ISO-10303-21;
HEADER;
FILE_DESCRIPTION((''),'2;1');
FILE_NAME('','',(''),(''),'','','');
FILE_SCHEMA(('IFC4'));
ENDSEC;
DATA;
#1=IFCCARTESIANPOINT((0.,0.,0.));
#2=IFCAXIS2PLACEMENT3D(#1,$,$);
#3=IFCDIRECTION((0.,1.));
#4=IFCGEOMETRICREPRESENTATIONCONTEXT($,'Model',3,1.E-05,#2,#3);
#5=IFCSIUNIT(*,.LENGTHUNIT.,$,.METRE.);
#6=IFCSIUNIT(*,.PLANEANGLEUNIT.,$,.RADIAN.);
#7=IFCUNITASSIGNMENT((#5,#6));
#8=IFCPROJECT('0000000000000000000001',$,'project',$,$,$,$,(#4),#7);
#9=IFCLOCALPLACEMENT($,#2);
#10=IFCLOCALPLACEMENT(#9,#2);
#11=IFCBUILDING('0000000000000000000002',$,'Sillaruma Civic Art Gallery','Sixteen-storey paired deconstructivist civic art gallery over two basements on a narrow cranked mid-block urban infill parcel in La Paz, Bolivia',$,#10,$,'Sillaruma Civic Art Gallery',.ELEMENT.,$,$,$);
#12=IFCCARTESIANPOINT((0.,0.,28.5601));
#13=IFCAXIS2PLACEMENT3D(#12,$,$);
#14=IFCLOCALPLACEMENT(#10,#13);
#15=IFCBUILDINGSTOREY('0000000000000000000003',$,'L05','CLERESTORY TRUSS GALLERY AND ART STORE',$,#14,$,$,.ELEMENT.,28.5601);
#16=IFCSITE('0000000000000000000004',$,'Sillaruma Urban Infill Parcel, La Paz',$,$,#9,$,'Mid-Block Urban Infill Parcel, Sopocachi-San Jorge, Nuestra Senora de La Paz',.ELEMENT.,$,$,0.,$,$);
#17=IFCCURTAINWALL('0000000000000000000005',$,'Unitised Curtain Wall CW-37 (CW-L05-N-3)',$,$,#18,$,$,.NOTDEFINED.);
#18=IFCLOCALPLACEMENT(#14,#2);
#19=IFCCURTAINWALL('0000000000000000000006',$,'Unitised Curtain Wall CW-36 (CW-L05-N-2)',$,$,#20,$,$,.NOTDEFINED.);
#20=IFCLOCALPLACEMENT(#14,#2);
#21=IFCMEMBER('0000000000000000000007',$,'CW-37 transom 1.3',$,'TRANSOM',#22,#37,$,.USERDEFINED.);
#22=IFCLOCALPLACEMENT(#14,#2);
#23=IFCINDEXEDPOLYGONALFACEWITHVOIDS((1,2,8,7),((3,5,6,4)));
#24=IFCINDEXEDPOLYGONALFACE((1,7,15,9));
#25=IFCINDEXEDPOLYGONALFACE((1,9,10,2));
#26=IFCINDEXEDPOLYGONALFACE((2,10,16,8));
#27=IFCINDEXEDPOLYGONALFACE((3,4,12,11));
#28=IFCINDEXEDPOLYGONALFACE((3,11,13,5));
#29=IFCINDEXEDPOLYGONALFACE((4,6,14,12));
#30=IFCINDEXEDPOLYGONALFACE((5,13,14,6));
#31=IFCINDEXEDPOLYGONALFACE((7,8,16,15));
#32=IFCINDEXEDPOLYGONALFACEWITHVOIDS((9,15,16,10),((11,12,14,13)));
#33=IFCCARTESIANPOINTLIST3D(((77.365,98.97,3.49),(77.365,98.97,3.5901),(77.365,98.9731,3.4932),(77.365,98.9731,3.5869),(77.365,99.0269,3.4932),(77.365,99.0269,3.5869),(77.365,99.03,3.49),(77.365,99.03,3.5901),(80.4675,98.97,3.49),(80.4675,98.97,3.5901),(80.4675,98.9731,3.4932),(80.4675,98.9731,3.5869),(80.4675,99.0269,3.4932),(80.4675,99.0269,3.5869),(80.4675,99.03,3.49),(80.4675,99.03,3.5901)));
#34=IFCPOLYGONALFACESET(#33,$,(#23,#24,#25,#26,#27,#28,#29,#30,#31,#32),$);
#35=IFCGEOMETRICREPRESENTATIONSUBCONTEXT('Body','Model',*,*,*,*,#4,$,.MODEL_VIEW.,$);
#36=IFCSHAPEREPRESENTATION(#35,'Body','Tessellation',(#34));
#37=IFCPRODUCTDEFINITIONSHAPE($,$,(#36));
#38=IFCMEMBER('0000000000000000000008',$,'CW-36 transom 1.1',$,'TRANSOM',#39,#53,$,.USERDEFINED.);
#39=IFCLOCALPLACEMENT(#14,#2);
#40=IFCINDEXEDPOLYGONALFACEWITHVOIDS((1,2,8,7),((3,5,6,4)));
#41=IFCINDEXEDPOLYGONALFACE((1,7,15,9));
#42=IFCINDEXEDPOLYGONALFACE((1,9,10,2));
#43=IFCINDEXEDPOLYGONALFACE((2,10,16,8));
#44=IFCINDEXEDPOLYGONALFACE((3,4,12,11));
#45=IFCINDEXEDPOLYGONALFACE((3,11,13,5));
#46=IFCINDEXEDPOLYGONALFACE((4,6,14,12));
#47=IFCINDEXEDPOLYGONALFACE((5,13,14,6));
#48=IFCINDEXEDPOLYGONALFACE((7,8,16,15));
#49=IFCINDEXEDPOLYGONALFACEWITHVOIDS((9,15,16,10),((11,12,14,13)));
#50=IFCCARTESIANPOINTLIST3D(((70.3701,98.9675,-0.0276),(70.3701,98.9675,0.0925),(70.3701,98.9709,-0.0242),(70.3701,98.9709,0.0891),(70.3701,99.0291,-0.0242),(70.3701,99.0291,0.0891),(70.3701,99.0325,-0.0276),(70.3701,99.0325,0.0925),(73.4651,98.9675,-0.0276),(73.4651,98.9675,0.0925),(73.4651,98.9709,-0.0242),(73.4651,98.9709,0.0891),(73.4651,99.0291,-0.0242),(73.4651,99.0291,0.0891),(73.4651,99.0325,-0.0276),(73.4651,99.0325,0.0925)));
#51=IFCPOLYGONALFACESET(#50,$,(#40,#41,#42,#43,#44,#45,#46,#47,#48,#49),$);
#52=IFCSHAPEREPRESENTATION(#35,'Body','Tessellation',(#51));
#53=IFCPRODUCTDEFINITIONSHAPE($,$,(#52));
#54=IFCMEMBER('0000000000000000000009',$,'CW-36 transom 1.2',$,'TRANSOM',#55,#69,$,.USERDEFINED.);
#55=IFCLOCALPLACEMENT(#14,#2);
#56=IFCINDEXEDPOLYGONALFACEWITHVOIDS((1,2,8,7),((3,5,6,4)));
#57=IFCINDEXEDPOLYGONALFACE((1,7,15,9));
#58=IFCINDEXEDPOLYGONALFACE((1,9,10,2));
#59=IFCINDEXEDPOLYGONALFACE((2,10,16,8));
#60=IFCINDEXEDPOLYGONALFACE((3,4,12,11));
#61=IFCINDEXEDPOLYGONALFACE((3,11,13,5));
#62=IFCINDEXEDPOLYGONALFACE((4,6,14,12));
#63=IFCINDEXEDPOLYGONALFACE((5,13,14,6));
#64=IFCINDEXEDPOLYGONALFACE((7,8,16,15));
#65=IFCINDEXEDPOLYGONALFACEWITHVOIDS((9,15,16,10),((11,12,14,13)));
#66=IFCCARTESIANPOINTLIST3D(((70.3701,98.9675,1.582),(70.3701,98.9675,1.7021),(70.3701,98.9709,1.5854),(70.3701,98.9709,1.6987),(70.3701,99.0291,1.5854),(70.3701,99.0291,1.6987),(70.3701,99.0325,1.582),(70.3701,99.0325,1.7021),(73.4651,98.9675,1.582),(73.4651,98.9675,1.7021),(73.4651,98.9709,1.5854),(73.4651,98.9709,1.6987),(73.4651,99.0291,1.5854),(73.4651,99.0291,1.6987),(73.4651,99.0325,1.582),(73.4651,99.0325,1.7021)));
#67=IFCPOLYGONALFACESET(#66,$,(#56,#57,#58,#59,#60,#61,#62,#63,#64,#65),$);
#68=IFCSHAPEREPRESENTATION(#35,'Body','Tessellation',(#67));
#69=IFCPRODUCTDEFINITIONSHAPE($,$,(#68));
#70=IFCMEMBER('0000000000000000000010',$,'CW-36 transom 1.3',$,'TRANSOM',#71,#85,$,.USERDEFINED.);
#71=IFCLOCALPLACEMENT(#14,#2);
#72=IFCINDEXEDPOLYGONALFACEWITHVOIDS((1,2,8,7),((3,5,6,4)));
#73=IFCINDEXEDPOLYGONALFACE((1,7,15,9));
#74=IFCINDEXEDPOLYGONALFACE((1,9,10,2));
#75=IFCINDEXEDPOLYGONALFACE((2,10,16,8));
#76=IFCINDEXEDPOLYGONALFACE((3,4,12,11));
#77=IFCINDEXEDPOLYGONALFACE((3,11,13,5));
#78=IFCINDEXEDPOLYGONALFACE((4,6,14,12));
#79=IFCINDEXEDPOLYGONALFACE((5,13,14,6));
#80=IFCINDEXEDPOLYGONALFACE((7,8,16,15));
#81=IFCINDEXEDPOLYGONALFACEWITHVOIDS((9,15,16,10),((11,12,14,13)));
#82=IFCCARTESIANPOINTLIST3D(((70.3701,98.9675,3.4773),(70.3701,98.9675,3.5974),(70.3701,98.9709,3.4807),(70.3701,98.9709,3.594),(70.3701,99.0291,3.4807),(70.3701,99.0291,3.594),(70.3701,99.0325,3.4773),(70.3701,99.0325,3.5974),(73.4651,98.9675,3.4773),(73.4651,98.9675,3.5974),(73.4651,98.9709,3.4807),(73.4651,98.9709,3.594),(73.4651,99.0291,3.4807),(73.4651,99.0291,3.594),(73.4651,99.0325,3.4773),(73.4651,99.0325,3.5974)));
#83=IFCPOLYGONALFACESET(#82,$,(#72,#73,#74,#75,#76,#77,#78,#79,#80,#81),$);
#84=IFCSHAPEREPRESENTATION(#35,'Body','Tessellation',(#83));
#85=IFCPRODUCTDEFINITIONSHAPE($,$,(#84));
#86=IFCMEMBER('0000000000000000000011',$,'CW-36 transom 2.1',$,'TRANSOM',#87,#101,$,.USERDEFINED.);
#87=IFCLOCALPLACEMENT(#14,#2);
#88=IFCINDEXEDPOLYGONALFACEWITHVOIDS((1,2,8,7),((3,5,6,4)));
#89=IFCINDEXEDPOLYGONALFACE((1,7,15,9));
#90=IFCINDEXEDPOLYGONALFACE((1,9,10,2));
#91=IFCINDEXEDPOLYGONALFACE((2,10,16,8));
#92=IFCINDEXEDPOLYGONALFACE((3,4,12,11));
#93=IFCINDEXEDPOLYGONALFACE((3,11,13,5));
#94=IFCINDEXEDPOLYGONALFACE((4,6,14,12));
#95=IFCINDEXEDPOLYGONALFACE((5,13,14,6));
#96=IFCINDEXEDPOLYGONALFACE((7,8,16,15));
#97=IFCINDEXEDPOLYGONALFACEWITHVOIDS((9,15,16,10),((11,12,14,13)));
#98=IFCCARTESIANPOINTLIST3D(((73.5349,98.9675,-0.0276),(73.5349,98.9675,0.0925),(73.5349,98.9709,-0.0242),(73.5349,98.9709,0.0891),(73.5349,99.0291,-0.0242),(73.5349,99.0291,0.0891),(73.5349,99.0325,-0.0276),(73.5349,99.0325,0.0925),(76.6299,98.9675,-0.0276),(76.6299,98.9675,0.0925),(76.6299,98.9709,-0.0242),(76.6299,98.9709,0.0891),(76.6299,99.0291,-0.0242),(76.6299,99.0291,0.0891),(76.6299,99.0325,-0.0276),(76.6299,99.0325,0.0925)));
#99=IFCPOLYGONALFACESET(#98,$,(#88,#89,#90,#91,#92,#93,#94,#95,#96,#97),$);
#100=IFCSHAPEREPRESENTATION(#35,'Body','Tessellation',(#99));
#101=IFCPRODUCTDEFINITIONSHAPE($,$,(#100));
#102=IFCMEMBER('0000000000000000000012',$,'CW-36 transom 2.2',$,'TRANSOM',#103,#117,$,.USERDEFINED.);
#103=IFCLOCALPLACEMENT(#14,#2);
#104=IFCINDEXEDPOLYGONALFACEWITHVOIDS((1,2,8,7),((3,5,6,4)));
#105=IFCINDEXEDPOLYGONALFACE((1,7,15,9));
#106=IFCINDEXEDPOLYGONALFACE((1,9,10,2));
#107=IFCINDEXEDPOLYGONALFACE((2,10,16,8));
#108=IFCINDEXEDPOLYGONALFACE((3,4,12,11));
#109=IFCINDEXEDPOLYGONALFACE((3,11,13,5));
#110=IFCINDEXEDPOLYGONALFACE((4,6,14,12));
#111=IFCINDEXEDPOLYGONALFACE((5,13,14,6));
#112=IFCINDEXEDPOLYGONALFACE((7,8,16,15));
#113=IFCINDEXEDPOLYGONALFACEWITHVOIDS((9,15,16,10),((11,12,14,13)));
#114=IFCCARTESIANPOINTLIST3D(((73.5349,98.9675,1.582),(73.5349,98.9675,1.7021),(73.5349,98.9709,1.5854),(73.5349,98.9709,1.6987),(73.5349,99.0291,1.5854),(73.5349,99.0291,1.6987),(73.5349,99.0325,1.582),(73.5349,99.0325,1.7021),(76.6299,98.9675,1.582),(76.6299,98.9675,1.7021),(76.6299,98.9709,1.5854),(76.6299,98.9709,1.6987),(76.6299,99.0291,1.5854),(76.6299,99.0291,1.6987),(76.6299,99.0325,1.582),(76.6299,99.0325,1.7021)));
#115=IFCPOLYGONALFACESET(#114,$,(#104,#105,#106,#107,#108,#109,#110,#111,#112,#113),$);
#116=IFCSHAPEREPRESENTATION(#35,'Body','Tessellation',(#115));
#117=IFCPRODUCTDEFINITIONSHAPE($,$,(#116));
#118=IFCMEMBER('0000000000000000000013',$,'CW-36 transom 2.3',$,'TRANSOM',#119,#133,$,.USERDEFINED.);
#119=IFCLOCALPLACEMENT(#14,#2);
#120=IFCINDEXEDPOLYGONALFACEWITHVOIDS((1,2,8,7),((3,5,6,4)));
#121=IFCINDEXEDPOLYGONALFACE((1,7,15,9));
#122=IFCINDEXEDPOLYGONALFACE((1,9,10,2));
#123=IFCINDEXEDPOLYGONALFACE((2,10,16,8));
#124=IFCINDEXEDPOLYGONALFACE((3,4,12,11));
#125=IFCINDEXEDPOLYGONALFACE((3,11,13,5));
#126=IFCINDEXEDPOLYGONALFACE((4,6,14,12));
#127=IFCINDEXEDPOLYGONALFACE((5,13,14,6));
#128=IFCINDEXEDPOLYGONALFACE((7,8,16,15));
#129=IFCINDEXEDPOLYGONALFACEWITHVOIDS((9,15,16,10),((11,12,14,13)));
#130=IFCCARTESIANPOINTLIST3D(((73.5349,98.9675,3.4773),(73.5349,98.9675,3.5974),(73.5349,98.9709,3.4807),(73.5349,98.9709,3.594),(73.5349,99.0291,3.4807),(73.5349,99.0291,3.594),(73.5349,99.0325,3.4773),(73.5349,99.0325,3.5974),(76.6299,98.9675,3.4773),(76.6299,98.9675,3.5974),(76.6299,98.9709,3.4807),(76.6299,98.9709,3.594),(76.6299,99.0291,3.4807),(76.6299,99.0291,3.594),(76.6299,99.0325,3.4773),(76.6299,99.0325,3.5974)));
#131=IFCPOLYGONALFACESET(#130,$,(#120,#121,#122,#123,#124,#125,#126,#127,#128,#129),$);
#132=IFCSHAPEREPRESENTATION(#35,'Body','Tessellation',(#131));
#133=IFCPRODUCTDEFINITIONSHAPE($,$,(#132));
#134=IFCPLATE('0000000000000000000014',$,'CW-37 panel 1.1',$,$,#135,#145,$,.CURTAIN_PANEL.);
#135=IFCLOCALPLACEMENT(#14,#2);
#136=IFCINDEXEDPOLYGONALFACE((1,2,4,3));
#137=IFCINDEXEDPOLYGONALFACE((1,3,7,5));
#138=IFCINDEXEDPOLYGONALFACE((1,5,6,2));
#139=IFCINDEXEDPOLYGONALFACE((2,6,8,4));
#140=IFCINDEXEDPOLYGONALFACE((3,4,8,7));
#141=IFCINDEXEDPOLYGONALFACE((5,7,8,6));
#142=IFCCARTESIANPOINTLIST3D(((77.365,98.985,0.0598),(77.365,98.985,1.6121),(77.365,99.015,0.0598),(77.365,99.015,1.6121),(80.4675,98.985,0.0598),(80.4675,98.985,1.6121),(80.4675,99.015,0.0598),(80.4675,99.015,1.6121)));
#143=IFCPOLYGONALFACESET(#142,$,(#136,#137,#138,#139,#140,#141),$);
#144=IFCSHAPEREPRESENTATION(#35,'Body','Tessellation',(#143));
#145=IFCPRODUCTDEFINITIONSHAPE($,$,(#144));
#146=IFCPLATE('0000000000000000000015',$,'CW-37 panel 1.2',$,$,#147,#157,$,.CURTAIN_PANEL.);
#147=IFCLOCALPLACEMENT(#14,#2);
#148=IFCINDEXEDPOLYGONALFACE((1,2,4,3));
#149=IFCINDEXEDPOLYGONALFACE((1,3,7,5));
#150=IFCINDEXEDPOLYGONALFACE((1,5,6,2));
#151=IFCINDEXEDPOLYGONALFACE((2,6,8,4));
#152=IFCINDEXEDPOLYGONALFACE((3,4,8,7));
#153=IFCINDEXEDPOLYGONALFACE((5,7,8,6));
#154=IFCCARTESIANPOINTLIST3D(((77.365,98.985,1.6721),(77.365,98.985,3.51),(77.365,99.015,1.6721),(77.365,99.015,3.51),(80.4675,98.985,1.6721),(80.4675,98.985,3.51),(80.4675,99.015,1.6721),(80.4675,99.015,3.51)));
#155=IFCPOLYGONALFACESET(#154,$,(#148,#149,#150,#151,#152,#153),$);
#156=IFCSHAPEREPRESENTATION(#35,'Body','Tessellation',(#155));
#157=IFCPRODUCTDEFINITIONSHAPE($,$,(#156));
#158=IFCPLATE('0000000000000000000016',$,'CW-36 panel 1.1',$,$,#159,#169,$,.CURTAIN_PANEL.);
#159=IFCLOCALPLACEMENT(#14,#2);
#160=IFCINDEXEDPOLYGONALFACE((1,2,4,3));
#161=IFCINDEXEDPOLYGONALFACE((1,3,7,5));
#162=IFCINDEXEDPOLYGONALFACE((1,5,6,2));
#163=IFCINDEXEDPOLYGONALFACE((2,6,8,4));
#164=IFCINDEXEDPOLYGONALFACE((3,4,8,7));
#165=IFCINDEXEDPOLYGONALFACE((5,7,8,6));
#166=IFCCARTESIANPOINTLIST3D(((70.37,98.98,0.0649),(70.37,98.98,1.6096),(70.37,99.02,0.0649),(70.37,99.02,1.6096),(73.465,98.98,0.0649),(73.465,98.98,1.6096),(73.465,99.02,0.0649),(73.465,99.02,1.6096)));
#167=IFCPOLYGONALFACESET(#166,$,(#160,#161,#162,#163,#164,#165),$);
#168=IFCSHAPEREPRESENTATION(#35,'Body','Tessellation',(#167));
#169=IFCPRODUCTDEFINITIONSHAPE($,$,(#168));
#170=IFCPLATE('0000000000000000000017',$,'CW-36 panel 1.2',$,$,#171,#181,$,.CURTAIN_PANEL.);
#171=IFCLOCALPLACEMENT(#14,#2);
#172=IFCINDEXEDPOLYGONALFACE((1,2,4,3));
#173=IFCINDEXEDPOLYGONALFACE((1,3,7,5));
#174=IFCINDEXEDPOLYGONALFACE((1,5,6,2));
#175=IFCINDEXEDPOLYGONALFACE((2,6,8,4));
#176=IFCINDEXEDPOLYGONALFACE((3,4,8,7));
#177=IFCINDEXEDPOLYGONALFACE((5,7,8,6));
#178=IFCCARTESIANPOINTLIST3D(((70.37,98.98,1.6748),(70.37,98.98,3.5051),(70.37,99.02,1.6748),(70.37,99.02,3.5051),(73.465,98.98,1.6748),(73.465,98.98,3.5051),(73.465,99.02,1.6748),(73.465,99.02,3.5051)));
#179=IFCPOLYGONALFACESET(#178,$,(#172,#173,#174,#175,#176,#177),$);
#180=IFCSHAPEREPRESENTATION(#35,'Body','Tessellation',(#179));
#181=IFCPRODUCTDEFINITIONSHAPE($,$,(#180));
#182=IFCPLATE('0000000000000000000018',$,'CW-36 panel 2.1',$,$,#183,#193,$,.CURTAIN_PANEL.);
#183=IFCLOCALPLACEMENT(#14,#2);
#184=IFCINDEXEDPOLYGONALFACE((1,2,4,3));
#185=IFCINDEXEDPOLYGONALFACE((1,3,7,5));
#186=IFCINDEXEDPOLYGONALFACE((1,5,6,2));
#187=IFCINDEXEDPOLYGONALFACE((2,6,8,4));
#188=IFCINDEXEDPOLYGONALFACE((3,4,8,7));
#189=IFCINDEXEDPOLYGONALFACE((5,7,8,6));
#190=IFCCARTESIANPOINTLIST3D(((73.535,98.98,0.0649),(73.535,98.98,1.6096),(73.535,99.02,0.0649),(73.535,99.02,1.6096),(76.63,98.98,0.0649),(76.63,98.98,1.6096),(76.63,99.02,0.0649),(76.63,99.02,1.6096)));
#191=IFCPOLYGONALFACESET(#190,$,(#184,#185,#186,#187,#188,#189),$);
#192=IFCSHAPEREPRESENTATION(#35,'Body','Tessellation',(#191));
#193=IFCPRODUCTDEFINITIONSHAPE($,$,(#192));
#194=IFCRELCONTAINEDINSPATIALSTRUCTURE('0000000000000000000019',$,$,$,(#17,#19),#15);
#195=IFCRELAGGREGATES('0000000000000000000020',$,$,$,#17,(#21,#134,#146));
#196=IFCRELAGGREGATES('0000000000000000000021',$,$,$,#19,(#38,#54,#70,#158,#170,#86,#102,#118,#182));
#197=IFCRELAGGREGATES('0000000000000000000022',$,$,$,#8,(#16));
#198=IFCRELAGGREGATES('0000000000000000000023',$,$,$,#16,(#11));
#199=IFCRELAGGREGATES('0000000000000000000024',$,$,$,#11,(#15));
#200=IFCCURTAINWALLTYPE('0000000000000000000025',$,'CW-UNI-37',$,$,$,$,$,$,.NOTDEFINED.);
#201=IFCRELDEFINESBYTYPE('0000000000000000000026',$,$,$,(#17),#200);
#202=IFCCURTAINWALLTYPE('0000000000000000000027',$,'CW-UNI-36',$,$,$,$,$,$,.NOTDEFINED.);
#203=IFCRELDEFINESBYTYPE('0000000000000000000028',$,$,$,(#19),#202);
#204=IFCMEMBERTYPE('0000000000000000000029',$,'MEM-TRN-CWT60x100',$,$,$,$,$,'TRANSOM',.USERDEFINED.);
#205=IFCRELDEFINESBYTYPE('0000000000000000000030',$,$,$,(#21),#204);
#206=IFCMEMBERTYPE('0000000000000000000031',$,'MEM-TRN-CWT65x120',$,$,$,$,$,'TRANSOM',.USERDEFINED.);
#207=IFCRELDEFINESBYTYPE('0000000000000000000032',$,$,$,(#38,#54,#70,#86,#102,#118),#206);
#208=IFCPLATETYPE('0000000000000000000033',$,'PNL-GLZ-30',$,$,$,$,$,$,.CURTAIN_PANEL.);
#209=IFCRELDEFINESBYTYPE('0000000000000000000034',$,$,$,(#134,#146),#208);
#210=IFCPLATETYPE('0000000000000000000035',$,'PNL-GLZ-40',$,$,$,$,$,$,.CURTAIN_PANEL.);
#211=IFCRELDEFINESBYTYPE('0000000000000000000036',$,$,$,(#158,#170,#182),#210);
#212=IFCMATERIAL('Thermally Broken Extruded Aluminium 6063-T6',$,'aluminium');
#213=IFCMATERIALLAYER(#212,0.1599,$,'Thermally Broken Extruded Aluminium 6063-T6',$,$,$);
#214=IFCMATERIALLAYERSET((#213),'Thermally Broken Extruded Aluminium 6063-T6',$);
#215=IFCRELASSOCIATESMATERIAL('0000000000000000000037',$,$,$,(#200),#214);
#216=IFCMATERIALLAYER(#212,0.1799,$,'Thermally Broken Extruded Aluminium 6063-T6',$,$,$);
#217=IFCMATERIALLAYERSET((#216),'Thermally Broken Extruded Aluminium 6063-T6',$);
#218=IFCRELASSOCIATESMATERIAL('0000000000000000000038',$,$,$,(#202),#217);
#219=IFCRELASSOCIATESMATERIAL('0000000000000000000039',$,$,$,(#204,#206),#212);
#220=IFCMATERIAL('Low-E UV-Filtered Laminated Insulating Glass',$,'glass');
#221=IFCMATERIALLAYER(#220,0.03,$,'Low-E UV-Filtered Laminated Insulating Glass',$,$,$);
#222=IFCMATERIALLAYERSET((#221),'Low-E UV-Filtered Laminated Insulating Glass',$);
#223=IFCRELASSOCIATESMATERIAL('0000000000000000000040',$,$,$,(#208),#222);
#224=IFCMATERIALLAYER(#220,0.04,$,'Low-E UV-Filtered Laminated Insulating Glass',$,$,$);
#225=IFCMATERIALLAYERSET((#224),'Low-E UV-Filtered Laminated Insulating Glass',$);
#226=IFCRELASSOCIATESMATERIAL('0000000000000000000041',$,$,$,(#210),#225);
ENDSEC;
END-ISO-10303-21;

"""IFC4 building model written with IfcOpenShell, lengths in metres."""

from ifc_helpers import new_model, si_unit, direction, frame, origin, origin_2d, place, context, subcontext, project, spatial, rectangle, hollow_rectangle, extrude, material, layer, layer_set, material_profile, profile_set, type_object, element, aggregate, save


model = new_model("IFC4")

# Units and contexts
model_context = context("Model", 3, precision=1e-05, world=origin(), true_north=direction((0.0, 1.0)))
body_context = subcontext(model_context, "Body", "Model", "MODEL_VIEW")
ifc_project = project(units=[si_unit("LENGTHUNIT", "METRE"), si_unit("PLANEANGLEUNIT", "RADIAN")], contexts=[model_context])

# Site, building, storey
site_placement = place(None, origin())
site = spatial("IfcSite", under=ifc_project, at=site_placement, Name="Sillaruma Urban Infill Parcel, La Paz", LongName="Mid-Block Urban Infill Parcel, Sopocachi-San Jorge, Nuestra Senora de La Paz", CompositionType="ELEMENT", RefElevation=0.0)
building_placement = place(site_placement, origin())
building = spatial("IfcBuilding", under=site, at=building_placement, Name="Sillaruma Civic Art Gallery", Description="Sixteen-storey paired deconstructivist civic art gallery over two basements on a narrow cranked mid-block urban infill parcel in La Paz, Bolivia", LongName="Sillaruma Civic Art Gallery", CompositionType="ELEMENT")
storey_placement = place(building_placement, frame((0.0, 0.0, 28.5601)))
storey = spatial("IfcBuildingStorey", under=building, at=storey_placement, Name="L05", Description="CLERESTORY TRUSS GALLERY AND ART STORE", CompositionType="ELEMENT", Elevation=28.5601)

# Curtain wall
ifc_material_1 = material(Name="Thermally Broken Extruded Aluminium 6063-T6", Category="aluminium")
ifc_layer_1 = layer(ifc_material_1, 0.1599, Name="Thermally Broken Extruded Aluminium 6063-T6")
ifc_layer_set_1 = layer_set([ifc_layer_1], Name="Thermally Broken Extruded Aluminium 6063-T6")
curtain_wall_type_1 = type_object("IfcCurtainWallType", Name="CW-UNI-37", PredefinedType="NOTDEFINED", material=ifc_layer_set_1)
curtain_wall_1_placement = place(storey_placement, origin())
curtain_wall_1 = element("IfcCurtainWall", 1, at=curtain_wall_1_placement, inside=storey, type_object=curtain_wall_type_1, Name="Unitised Curtain Wall CW-37 (CW-L05-N-3)", PredefinedType="NOTDEFINED")

# Curtain wall
ifc_layer_2 = layer(ifc_material_1, 0.1799, Name="Thermally Broken Extruded Aluminium 6063-T6")
ifc_layer_set_2 = layer_set([ifc_layer_2], Name="Thermally Broken Extruded Aluminium 6063-T6")
curtain_wall_type_2 = type_object("IfcCurtainWallType", Name="CW-UNI-36", PredefinedType="NOTDEFINED", material=ifc_layer_set_2)
curtain_wall_2_placement = place(storey_placement, origin())
curtain_wall_2 = element("IfcCurtainWall", 2, at=curtain_wall_2_placement, inside=storey, type_object=curtain_wall_type_2, Name="Unitised Curtain Wall CW-36 (CW-L05-N-2)", PredefinedType="NOTDEFINED")

# Members
ifc_material_profile_1 = material_profile(ifc_material_1, hollow_rectangle(XDim=0.0601, YDim=0.1001, WallThickness=0.0032, at=origin_2d()), Name="CWT60x100")
ifc_profile_set_1 = profile_set([ifc_material_profile_1], Name="Thermally Broken Extruded Aluminium 6063-T6")
member_type_1 = type_object("IfcMemberType", Name="MEM-TRN-CWT60x100", ElementType="TRANSOM", PredefinedType="USERDEFINED", material=ifc_profile_set_1)
member_1_placement = place(storey_placement, frame((77.365, 99.0, 3.54), z_axis=(1.0, 0.0, 0.0), x_axis=(0.0, 1.0, 0.0)))
member_1 = element("IfcMember", 3, at=member_1_placement, type_object=member_type_1, Name="CW-37 transom 1.3", ObjectType="TRANSOM", PredefinedType="USERDEFINED", context=body_context, shape_type="SweptSolid", body=[
    extrude(hollow_rectangle(XDim=0.0601, YDim=0.1001, WallThickness=0.0032, at=origin_2d()), origin(), (0.0, 0.0, 1.0), 3.1025),
])
ifc_material_profile_2 = material_profile(ifc_material_1, hollow_rectangle(XDim=0.0649, YDim=0.1201, WallThickness=0.0034, at=origin_2d()), Name="CWT65x120")
ifc_profile_set_2 = profile_set([ifc_material_profile_2], Name="Thermally Broken Extruded Aluminium 6063-T6")
member_type_2 = type_object("IfcMemberType", Name="MEM-TRN-CWT65x120", ElementType="TRANSOM", PredefinedType="USERDEFINED", material=ifc_profile_set_2)
member_2_placement = place(storey_placement, frame((70.3701, 99.0, 0.0325), z_axis=(1.0, 0.0, 0.0), x_axis=(0.0, 1.0, 0.0)))
member_2 = element("IfcMember", 4, at=member_2_placement, type_object=member_type_2, Name="CW-36 transom 1.1", ObjectType="TRANSOM", PredefinedType="USERDEFINED", context=body_context, shape_type="SweptSolid", body=[
    extrude(hollow_rectangle(XDim=0.0649, YDim=0.1201, WallThickness=0.0034, at=origin_2d()), origin(), (0.0, 0.0, 1.0), 3.095),
])
member_3_placement = place(storey_placement, frame((70.3701, 99.0, 1.6421), z_axis=(1.0, 0.0, 0.0), x_axis=(0.0, 1.0, 0.0)))
member_3 = element("IfcMember", 5, at=member_3_placement, type_object=member_type_2, Name="CW-36 transom 1.2", ObjectType="TRANSOM", PredefinedType="USERDEFINED", context=body_context, shape_type="SweptSolid", body=[
    extrude(hollow_rectangle(XDim=0.0649, YDim=0.1201, WallThickness=0.0034, at=origin_2d()), origin(), (0.0, 0.0, 1.0), 3.095),
])
member_4_placement = place(storey_placement, frame((70.3701, 99.0, 3.5374), z_axis=(1.0, 0.0, 0.0), x_axis=(0.0, 1.0, 0.0)))
member_4 = element("IfcMember", 6, at=member_4_placement, type_object=member_type_2, Name="CW-36 transom 1.3", ObjectType="TRANSOM", PredefinedType="USERDEFINED", context=body_context, shape_type="SweptSolid", body=[
    extrude(hollow_rectangle(XDim=0.0649, YDim=0.1201, WallThickness=0.0034, at=origin_2d()), origin(), (0.0, 0.0, 1.0), 3.095),
])
member_5_placement = place(storey_placement, frame((73.5349, 99.0, 0.0325), z_axis=(1.0, 0.0, 0.0), x_axis=(0.0, 1.0, 0.0)))
member_5 = element("IfcMember", 7, at=member_5_placement, type_object=member_type_2, Name="CW-36 transom 2.1", ObjectType="TRANSOM", PredefinedType="USERDEFINED", context=body_context, shape_type="SweptSolid", body=[
    extrude(hollow_rectangle(XDim=0.0649, YDim=0.1201, WallThickness=0.0034, at=origin_2d()), origin(), (0.0, 0.0, 1.0), 3.095),
])
member_6_placement = place(storey_placement, frame((73.5349, 99.0, 1.6421), z_axis=(1.0, 0.0, 0.0), x_axis=(0.0, 1.0, 0.0)))
member_6 = element("IfcMember", 8, at=member_6_placement, type_object=member_type_2, Name="CW-36 transom 2.2", ObjectType="TRANSOM", PredefinedType="USERDEFINED", context=body_context, shape_type="SweptSolid", body=[
    extrude(hollow_rectangle(XDim=0.0649, YDim=0.1201, WallThickness=0.0034, at=origin_2d()), origin(), (0.0, 0.0, 1.0), 3.095),
])
member_7_placement = place(storey_placement, frame((73.5349, 99.0, 3.5374), z_axis=(1.0, 0.0, 0.0), x_axis=(0.0, 1.0, 0.0)))
member_7 = element("IfcMember", 9, at=member_7_placement, type_object=member_type_2, Name="CW-36 transom 2.3", ObjectType="TRANSOM", PredefinedType="USERDEFINED", context=body_context, shape_type="SweptSolid", body=[
    extrude(hollow_rectangle(XDim=0.0649, YDim=0.1201, WallThickness=0.0034, at=origin_2d()), origin(), (0.0, 0.0, 1.0), 3.095),
])

# Plates
ifc_material_2 = material(Name="Low-E UV-Filtered Laminated Insulating Glass", Category="glass")
ifc_layer_3 = layer(ifc_material_2, 0.03, Name="Low-E UV-Filtered Laminated Insulating Glass")
ifc_layer_set_3 = layer_set([ifc_layer_3], Name="Low-E UV-Filtered Laminated Insulating Glass")
plate_type_1 = type_object("IfcPlateType", Name="PNL-GLZ-30", PredefinedType="CURTAIN_PANEL", material=ifc_layer_set_3)
plate_1_placement = place(storey_placement, frame((78.9163, 99.0, 0.0598), z_axis=(0.0, 0.0, 1.0), x_axis=(1.0, 0.0, 0.0)))
plate_1 = element("IfcPlate", 10, at=plate_1_placement, type_object=plate_type_1, Name="CW-37 panel 1.1", PredefinedType="CURTAIN_PANEL", context=body_context, shape_type="SweptSolid", body=[
    extrude(rectangle(XDim=3.1025, YDim=0.03, at=origin_2d()), origin(), (0.0, 0.0, 1.0), 1.5522),
])
plate_2_placement = place(storey_placement, frame((78.9163, 99.0, 1.6721), z_axis=(0.0, 0.0, 1.0), x_axis=(1.0, 0.0, 0.0)))
plate_2 = element("IfcPlate", 11, at=plate_2_placement, type_object=plate_type_1, Name="CW-37 panel 1.2", PredefinedType="CURTAIN_PANEL", context=body_context, shape_type="SweptSolid", body=[
    extrude(rectangle(XDim=3.1025, YDim=0.03, at=origin_2d()), origin(), (0.0, 0.0, 1.0), 1.8379),
])
aggregate(curtain_wall_1, [member_1, plate_1, plate_2])
ifc_layer_4 = layer(ifc_material_2, 0.04, Name="Low-E UV-Filtered Laminated Insulating Glass")
ifc_layer_set_4 = layer_set([ifc_layer_4], Name="Low-E UV-Filtered Laminated Insulating Glass")
plate_type_2 = type_object("IfcPlateType", Name="PNL-GLZ-40", PredefinedType="CURTAIN_PANEL", material=ifc_layer_set_4)
plate_3_placement = place(storey_placement, frame((71.9175, 99.0, 0.0649), z_axis=(0.0, 0.0, 1.0), x_axis=(1.0, 0.0, 0.0)))
plate_3 = element("IfcPlate", 12, at=plate_3_placement, type_object=plate_type_2, Name="CW-36 panel 1.1", PredefinedType="CURTAIN_PANEL", context=body_context, shape_type="SweptSolid", body=[
    extrude(rectangle(XDim=3.095, YDim=0.04, at=origin_2d()), origin(), (0.0, 0.0, 1.0), 1.5447),
])
plate_4_placement = place(storey_placement, frame((71.9175, 99.0, 1.6748), z_axis=(0.0, 0.0, 1.0), x_axis=(1.0, 0.0, 0.0)))
plate_4 = element("IfcPlate", 13, at=plate_4_placement, type_object=plate_type_2, Name="CW-36 panel 1.2", PredefinedType="CURTAIN_PANEL", context=body_context, shape_type="SweptSolid", body=[
    extrude(rectangle(XDim=3.095, YDim=0.04, at=origin_2d()), origin(), (0.0, 0.0, 1.0), 1.8303),
])
plate_5_placement = place(storey_placement, frame((75.0825, 99.0, 0.0649), z_axis=(0.0, 0.0, 1.0), x_axis=(1.0, 0.0, 0.0)))
plate_5 = element("IfcPlate", 14, at=plate_5_placement, type_object=plate_type_2, Name="CW-36 panel 2.1", PredefinedType="CURTAIN_PANEL", context=body_context, shape_type="SweptSolid", body=[
    extrude(rectangle(XDim=3.095, YDim=0.04, at=origin_2d()), origin(), (0.0, 0.0, 1.0), 1.5447),
])
aggregate(curtain_wall_2, [member_2, member_3, member_4, plate_3, plate_4, member_5, member_6, member_7, plate_5])

save(model, "model.ifc")
